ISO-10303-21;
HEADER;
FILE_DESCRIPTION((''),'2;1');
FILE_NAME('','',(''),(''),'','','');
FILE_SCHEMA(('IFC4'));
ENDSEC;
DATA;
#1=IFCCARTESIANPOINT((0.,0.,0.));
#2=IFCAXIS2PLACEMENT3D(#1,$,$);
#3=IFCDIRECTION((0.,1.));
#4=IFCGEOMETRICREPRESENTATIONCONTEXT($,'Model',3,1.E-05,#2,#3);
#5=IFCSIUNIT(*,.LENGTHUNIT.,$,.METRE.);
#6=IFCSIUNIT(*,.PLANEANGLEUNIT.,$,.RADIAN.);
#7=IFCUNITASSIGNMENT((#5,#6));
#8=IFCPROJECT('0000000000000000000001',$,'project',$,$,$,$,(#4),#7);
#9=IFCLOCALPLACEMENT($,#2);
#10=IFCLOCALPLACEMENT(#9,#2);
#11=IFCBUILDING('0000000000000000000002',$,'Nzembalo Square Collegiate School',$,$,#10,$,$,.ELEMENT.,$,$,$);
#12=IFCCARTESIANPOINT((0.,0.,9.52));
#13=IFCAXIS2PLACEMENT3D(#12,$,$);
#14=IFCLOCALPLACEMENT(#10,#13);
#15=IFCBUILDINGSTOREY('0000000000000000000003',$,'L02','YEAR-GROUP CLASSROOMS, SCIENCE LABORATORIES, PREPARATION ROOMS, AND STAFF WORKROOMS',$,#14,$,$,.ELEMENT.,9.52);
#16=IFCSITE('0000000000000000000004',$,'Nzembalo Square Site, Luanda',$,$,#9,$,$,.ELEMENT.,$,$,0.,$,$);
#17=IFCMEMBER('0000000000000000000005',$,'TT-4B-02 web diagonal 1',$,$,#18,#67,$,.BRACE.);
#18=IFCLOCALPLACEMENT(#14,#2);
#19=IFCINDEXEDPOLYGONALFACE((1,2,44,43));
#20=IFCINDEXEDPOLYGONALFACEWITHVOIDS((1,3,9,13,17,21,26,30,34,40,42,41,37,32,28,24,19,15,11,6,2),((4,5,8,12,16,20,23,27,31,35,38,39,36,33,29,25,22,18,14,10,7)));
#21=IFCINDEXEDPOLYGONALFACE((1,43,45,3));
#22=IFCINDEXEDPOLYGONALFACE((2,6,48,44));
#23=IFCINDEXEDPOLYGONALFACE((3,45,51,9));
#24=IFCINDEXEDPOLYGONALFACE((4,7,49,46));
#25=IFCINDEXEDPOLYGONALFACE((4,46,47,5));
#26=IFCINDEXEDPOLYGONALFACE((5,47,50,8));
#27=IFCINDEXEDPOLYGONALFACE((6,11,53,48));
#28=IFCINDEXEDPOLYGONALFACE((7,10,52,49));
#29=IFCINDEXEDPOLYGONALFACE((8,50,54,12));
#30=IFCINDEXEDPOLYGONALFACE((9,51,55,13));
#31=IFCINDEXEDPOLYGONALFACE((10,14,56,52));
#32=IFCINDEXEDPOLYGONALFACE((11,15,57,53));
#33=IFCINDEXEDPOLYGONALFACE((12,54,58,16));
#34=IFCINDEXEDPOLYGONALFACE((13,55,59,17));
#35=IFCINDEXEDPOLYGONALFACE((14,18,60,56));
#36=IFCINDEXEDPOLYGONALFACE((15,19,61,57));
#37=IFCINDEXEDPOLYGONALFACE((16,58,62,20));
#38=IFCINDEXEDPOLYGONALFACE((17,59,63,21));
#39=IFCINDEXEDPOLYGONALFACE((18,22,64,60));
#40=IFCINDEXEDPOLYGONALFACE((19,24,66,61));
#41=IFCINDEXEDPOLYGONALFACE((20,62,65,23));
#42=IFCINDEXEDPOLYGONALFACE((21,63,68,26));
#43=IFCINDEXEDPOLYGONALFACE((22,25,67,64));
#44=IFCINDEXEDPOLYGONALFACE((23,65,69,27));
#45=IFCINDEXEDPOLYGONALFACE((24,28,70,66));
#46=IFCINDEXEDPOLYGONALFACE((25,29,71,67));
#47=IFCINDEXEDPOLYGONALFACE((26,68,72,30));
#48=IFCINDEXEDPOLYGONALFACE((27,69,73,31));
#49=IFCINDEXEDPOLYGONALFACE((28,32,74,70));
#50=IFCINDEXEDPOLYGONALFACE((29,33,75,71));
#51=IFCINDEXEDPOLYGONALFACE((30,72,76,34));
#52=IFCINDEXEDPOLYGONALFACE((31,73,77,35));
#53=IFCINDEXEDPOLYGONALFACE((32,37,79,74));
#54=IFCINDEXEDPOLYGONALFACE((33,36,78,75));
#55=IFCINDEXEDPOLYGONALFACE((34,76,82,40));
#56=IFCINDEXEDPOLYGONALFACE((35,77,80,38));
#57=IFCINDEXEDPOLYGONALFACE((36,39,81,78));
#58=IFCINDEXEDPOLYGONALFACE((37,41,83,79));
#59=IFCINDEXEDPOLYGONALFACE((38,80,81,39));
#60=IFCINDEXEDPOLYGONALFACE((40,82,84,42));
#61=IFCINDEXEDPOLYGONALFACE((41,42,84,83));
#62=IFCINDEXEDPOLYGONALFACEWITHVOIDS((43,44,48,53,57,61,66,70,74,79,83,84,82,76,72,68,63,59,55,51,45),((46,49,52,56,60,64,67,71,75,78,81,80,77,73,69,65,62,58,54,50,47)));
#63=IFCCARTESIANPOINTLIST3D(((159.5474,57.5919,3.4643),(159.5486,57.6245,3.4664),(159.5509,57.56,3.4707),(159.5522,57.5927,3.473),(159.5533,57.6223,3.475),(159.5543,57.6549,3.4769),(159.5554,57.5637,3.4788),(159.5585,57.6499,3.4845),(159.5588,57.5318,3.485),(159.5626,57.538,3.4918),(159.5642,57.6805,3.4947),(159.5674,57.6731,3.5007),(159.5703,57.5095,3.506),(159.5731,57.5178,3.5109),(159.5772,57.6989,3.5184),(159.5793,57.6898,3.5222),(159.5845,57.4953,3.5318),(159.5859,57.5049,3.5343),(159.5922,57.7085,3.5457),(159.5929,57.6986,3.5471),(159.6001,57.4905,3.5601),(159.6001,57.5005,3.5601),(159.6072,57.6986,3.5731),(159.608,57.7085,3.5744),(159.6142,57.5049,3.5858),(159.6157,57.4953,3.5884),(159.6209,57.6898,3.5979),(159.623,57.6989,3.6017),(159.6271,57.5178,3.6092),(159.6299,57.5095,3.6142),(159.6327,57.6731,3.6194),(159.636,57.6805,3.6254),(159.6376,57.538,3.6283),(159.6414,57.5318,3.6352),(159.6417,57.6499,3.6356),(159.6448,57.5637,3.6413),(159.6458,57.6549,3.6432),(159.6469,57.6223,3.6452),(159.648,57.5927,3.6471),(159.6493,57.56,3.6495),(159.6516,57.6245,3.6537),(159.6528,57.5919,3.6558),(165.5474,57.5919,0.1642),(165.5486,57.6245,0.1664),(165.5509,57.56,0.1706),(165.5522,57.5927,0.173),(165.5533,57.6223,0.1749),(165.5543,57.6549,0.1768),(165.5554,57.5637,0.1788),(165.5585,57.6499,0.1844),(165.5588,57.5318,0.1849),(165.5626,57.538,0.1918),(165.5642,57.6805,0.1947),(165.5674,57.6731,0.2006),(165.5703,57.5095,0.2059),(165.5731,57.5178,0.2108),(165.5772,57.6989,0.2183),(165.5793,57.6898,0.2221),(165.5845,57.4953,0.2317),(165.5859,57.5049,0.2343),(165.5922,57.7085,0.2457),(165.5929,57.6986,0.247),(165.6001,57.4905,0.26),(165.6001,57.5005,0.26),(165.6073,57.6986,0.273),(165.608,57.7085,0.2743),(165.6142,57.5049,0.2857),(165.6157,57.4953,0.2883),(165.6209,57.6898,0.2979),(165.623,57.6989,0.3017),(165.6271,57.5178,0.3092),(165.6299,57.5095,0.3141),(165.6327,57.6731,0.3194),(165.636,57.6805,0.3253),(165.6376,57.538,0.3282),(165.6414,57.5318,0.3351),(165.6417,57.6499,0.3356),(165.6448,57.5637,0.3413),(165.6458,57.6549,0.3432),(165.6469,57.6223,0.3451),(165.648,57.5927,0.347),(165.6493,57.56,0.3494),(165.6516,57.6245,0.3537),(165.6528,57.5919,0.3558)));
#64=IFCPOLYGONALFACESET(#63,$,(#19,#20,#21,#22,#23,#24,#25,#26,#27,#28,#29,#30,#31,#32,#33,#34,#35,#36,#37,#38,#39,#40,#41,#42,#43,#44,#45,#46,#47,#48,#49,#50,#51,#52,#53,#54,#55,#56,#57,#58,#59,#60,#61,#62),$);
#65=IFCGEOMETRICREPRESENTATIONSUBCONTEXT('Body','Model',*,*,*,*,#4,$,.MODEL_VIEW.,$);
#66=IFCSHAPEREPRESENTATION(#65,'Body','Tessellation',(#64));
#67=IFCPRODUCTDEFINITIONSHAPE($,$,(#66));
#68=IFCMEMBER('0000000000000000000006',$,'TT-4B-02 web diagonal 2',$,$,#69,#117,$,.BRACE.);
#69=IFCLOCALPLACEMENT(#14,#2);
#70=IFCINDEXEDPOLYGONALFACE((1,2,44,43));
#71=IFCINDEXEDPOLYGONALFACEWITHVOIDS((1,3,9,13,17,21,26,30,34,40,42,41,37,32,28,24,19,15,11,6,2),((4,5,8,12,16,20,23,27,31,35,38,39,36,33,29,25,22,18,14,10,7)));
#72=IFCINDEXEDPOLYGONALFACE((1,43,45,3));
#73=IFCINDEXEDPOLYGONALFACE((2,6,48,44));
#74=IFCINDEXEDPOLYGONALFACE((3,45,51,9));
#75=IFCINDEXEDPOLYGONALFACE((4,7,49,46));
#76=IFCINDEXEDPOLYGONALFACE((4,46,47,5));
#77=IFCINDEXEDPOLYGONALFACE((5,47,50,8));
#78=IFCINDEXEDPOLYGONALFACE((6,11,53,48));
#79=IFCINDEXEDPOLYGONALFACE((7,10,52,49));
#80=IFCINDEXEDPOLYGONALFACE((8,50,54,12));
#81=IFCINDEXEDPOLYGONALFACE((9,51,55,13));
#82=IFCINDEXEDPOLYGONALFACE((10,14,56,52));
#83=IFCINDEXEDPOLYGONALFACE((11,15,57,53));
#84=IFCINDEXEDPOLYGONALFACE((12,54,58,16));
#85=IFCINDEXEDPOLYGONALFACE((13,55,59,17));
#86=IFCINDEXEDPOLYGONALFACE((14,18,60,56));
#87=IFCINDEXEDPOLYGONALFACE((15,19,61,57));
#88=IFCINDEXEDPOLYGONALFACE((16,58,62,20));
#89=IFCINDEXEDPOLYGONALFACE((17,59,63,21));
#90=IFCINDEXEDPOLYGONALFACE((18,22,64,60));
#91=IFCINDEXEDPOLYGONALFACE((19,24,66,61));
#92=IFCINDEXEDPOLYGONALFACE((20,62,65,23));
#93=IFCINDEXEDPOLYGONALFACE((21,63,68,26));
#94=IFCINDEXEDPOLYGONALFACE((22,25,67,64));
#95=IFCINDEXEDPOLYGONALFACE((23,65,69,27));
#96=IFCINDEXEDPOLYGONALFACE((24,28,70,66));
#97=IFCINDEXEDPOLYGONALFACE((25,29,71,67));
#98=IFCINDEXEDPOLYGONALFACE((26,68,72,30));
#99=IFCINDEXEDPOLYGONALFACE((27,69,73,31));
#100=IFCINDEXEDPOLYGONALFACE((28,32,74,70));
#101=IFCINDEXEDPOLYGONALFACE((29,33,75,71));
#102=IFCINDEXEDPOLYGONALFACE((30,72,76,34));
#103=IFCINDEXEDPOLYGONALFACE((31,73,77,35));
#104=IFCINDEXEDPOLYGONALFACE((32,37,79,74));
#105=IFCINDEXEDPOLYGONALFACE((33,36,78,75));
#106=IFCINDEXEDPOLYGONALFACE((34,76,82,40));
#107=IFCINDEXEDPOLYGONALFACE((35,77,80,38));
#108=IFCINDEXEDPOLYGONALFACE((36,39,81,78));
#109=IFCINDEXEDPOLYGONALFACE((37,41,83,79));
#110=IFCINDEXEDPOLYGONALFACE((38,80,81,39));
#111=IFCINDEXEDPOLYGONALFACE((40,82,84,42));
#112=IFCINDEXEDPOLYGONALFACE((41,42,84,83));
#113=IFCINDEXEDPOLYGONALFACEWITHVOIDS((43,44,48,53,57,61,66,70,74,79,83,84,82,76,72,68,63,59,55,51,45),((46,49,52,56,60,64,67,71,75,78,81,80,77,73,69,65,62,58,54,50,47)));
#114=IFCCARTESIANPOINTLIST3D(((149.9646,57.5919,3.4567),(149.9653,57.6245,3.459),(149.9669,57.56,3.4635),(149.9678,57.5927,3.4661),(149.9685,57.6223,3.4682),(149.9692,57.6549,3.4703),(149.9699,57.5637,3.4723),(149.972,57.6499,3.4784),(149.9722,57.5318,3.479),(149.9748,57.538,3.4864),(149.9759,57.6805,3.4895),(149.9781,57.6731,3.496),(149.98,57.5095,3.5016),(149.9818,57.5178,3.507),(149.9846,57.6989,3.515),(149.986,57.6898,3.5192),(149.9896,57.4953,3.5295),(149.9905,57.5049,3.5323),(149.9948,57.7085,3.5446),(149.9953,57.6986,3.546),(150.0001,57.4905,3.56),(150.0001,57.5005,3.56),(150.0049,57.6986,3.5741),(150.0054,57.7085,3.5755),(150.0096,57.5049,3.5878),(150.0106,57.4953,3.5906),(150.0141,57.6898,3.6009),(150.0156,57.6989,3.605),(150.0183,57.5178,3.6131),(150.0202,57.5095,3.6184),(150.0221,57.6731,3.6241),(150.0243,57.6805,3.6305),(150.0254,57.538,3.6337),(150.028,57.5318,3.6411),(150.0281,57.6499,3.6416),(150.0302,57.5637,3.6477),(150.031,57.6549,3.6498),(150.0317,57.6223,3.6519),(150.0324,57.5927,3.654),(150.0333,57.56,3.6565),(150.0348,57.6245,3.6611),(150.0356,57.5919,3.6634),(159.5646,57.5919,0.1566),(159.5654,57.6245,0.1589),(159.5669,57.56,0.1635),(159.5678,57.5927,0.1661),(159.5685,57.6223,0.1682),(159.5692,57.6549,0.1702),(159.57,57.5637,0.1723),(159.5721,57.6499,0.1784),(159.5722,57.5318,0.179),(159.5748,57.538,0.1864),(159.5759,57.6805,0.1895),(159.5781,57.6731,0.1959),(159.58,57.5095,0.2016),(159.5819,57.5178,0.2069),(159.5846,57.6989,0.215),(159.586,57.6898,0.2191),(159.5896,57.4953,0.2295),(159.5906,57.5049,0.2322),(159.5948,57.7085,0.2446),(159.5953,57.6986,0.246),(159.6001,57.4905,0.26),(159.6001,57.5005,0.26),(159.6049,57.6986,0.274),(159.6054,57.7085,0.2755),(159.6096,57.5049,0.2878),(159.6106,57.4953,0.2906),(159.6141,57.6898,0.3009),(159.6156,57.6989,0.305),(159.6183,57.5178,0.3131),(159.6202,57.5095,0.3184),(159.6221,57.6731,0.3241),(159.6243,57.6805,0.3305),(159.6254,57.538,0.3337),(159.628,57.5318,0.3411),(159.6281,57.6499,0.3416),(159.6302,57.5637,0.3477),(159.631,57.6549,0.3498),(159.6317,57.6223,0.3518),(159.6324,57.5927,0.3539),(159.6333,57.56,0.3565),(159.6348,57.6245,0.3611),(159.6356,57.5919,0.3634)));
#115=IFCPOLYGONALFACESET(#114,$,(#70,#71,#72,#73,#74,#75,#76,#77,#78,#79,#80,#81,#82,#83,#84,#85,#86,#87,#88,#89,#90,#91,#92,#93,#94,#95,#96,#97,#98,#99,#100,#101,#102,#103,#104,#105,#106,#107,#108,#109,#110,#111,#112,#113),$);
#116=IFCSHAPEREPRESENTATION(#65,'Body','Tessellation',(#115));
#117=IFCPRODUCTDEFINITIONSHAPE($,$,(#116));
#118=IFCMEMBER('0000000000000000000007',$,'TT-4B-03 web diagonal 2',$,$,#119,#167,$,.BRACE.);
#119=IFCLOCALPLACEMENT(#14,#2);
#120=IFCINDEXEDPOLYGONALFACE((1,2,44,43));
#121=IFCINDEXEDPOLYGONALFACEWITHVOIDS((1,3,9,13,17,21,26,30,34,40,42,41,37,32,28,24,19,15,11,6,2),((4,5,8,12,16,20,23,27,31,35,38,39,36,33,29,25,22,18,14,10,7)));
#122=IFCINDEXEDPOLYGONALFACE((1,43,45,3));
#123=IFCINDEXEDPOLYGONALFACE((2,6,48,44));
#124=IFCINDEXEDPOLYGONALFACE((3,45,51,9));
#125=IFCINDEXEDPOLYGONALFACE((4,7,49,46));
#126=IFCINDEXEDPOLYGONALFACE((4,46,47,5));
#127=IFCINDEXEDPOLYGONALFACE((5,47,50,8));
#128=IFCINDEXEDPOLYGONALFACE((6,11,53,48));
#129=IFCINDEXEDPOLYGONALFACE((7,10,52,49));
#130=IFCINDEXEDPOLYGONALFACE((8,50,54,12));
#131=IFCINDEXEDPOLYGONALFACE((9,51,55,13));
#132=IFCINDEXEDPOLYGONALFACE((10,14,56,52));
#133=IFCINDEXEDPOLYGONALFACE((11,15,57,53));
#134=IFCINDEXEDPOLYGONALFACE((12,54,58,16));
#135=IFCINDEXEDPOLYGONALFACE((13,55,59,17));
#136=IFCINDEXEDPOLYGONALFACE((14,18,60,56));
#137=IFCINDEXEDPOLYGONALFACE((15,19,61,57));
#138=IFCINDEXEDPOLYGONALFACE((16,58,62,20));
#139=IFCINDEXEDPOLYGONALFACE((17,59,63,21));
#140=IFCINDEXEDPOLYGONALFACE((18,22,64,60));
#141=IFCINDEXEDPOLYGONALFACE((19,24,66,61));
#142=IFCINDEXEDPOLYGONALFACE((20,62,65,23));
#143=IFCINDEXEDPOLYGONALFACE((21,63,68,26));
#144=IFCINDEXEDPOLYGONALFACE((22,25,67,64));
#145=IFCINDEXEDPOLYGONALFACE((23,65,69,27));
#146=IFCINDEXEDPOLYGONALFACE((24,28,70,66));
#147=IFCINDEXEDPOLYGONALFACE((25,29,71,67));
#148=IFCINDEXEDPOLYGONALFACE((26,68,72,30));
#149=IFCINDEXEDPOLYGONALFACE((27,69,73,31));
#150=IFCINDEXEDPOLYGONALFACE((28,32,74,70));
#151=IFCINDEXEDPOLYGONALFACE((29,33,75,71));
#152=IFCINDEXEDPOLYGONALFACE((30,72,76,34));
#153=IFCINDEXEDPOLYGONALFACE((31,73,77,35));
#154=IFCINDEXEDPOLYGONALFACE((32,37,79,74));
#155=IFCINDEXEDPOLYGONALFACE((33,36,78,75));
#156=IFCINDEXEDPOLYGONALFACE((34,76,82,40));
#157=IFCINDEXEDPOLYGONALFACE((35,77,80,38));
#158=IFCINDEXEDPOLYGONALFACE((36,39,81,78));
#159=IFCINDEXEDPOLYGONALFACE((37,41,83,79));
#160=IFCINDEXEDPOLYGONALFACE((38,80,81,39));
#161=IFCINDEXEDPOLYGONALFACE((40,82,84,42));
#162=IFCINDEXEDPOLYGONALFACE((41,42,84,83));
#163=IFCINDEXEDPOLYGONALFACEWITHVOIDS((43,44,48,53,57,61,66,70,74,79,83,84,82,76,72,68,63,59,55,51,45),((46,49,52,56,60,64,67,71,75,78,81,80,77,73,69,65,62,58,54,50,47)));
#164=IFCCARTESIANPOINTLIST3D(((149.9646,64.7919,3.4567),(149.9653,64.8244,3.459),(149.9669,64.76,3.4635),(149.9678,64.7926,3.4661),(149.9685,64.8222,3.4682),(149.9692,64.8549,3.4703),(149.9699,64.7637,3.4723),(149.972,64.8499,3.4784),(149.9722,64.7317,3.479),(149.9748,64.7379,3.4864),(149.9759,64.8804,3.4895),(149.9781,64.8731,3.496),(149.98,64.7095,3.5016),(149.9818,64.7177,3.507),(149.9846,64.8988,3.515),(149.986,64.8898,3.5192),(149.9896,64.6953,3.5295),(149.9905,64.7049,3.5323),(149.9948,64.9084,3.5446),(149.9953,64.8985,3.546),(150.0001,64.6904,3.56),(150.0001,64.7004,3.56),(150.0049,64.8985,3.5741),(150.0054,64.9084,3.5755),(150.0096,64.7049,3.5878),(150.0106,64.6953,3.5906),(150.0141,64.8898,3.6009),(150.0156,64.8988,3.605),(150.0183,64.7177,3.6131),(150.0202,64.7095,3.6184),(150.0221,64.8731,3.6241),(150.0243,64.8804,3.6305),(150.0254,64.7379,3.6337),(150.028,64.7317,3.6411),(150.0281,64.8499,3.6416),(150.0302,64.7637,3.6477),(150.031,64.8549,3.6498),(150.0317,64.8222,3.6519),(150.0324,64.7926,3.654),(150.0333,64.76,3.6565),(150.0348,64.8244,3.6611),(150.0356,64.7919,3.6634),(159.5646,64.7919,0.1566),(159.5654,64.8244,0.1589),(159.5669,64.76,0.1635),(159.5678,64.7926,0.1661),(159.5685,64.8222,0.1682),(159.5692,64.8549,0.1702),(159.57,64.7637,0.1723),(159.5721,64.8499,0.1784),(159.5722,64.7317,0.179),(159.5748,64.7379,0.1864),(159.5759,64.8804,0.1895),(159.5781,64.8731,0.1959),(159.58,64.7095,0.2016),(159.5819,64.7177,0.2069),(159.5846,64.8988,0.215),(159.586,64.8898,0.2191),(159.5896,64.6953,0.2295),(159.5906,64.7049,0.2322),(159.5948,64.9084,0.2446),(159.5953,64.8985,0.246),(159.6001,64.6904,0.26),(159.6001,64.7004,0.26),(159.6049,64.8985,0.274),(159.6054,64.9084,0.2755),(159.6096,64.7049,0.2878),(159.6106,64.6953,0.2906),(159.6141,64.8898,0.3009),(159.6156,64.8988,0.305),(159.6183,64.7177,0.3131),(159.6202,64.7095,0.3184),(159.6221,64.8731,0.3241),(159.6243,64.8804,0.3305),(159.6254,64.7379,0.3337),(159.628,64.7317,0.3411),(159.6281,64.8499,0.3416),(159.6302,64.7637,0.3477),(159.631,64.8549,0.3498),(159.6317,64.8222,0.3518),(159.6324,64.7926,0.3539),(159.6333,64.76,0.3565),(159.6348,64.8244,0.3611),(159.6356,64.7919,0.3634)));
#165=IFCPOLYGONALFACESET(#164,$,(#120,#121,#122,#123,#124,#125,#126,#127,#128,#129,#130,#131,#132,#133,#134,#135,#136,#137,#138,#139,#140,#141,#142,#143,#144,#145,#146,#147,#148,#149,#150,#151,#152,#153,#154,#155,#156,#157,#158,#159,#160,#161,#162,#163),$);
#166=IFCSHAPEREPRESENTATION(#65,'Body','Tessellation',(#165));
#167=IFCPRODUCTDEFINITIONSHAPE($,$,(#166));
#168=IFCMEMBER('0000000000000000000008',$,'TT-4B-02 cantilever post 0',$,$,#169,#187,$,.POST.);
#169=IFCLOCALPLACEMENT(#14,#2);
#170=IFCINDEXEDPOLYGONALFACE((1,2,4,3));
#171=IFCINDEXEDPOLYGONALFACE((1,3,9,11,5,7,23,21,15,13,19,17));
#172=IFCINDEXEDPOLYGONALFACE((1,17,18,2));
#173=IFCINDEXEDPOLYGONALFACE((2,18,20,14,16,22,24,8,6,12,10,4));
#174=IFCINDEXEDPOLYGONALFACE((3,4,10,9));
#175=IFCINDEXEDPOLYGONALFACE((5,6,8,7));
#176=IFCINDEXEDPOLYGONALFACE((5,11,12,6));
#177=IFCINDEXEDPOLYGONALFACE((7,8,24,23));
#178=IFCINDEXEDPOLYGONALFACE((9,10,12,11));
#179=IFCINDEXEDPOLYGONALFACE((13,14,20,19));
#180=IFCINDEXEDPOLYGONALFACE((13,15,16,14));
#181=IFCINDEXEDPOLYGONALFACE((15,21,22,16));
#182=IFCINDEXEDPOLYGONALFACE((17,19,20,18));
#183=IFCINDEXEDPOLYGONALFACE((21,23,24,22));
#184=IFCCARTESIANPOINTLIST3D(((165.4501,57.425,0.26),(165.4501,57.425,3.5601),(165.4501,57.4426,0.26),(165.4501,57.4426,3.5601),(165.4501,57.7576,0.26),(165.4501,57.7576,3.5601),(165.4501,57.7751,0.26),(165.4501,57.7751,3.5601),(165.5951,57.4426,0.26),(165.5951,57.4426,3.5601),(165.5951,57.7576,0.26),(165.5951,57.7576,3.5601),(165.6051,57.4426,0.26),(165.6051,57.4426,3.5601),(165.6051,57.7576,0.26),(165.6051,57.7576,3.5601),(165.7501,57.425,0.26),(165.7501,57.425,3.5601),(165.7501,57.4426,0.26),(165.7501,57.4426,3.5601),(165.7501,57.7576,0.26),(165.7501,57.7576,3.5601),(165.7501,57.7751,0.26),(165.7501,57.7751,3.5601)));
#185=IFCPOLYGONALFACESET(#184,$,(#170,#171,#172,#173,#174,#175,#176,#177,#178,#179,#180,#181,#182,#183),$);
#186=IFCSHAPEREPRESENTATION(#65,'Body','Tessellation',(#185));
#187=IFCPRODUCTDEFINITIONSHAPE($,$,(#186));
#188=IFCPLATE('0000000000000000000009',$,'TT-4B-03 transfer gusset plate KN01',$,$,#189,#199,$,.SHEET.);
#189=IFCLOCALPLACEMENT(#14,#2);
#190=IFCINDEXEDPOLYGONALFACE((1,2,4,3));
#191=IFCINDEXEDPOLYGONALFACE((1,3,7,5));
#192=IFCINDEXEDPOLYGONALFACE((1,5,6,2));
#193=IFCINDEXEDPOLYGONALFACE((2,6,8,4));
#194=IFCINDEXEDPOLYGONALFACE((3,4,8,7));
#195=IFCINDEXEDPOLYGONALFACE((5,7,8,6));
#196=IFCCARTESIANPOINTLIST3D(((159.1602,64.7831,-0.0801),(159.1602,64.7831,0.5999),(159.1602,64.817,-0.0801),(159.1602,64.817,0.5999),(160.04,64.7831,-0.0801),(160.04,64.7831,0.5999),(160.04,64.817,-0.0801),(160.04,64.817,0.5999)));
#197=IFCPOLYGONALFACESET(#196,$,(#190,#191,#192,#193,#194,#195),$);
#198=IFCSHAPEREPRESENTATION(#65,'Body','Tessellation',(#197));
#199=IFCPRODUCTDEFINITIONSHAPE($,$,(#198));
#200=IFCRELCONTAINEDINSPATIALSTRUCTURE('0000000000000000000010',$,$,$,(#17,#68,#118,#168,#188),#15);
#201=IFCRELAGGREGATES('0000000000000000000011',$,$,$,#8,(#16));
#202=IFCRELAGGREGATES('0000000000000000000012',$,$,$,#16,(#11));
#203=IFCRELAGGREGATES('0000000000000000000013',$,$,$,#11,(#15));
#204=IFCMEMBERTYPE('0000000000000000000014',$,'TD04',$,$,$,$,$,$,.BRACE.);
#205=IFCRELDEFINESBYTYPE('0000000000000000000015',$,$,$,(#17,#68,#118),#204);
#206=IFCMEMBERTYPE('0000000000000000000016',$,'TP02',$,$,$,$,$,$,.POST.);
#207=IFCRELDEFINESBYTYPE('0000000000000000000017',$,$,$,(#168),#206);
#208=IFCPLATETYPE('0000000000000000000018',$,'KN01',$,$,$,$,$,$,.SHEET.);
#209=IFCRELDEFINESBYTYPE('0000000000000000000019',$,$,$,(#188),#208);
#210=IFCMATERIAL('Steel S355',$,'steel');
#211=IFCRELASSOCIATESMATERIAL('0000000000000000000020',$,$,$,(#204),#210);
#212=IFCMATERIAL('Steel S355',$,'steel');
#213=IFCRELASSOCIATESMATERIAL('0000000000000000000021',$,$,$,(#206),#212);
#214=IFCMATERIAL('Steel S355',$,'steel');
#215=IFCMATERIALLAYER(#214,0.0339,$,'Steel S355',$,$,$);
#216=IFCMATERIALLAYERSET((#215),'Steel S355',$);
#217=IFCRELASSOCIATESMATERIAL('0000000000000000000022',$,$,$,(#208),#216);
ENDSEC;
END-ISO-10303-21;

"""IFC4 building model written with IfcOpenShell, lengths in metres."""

from ifc_helpers import new_model, si_unit, direction, frame, origin, origin_2d, place, context, subcontext, project, spatial, rectangle, hollow_circle, i_section, extrude, material, layer, layer_set, material_profile, profile_set, type_object, element, save


model = new_model("IFC4")

# Units and contexts
model_context = context("Model", 3, precision=1e-05, world=origin(), true_north=direction((0.0, 1.0)))
body_context = subcontext(model_context, "Body", "Model", "MODEL_VIEW")
ifc_project = project(units=[si_unit("LENGTHUNIT", "METRE"), si_unit("PLANEANGLEUNIT", "RADIAN")], contexts=[model_context])

# Site, building, storey
site_placement = place(None, origin())
site = spatial("IfcSite", under=ifc_project, at=site_placement, Name="Nzembalo Square Site, Luanda", CompositionType="ELEMENT", RefElevation=0.0)
building_placement = place(site_placement, origin())
building = spatial("IfcBuilding", under=site, at=building_placement, Name="Nzembalo Square Collegiate School", CompositionType="ELEMENT")
storey_placement = place(building_placement, frame((0.0, 0.0, 9.52)))
storey = spatial("IfcBuildingStorey", under=building, at=storey_placement, Name="L02", Description="YEAR-GROUP CLASSROOMS, SCIENCE LABORATORIES, PREPARATION ROOMS, AND STAFF WORKROOMS", CompositionType="ELEMENT", Elevation=9.52)

# Members
ifc_material_1 = material(Name="Steel S355", Category="steel")
ifc_material_profile_1 = material_profile(ifc_material_1, hollow_circle(Radius=0.1096, WallThickness=0.01, at=origin_2d()), Name="CHS 219x10")
ifc_profile_set_1 = profile_set([ifc_material_profile_1], Name="Steel S355")
member_type_1 = type_object("IfcMemberType", Name="TD04", PredefinedType="BRACE", material=ifc_profile_set_1)
member_1_placement = place(storey_placement, frame((165.6001, 57.6001, 0.26), z_axis=(-0.876213, 0.0, 0.481924), x_axis=(0.0, -1.0, 0.0)))
element("IfcMember", 1, at=member_1_placement, inside=storey, type_object=member_type_1, Name="TT-4B-02 web diagonal 1", PredefinedType="BRACE", context=body_context, shape_type="SweptSolid", body=[
    extrude(hollow_circle(Radius=0.1096, WallThickness=0.01, at=origin_2d()), origin(), (0.0, 0.0, 1.0), 6.8477),
])
for number, where, z_axis, x_axis, name in (
    (2, (159.6001, 57.6001, 0.26), (-0.945686, 0.0, 0.325081), (0.0, -1.0, 0.0), "TT-4B-02 web diagonal 2"),
    (3, (159.6001, 64.8, 0.26), (-0.945686, 0.0, 0.325081), (0.0, -1.0, 0.0), "TT-4B-03 web diagonal 2"),
):
    element("IfcMember", number, at=place(storey_placement, frame(where, z_axis=z_axis, x_axis=x_axis)), inside=storey, type_object=member_type_1, Name=name, PredefinedType="BRACE", context=body_context, shape_type="SweptSolid", body=[
        extrude(hollow_circle(Radius=0.1096, WallThickness=0.01, at=origin_2d()), origin(), (0.0, 0.0, 1.0), 10.1514),
    ])
ifc_material_2 = material(Name="Steel S355", Category="steel")
ifc_material_profile_2 = material_profile(ifc_material_2, i_section(OverallWidth=0.3, OverallDepth=0.3501, WebThickness=0.01, FlangeThickness=0.0176, at=origin_2d()), Name="HEA 360")
ifc_profile_set_2 = profile_set([ifc_material_profile_2], Name="Steel S355")
member_type_2 = type_object("IfcMemberType", Name="TP02", PredefinedType="POST", material=ifc_profile_set_2)
member_2_placement = place(storey_placement, frame((165.6001, 57.6001, 0.26), z_axis=(0.0, 0.0, 1.0), x_axis=(1.0, 0.0, 0.0)))
element("IfcMember", 4, at=member_2_placement, inside=storey, type_object=member_type_2, Name="TT-4B-02 cantilever post 0", PredefinedType="POST", context=body_context, shape_type="SweptSolid", body=[
    extrude(i_section(OverallWidth=0.3, OverallDepth=0.3501, WebThickness=0.01, FlangeThickness=0.0176, at=origin_2d()), origin(), (0.0, 0.0, 1.0), 3.3),
])

# Plate
ifc_material_3 = material(Name="Steel S355", Category="steel")
ifc_layer_1 = layer(ifc_material_3, 0.0339, Name="Steel S355")
ifc_layer_set_1 = layer_set([ifc_layer_1], Name="Steel S355")
plate_type_1 = type_object("IfcPlateType", Name="KN01", PredefinedType="SHEET", material=ifc_layer_set_1)
plate_1_placement = place(storey_placement, frame((159.6001, 64.8, -0.0801), z_axis=(0.0, 0.0, 1.0), x_axis=(1.0, 0.0, 0.0)))
element("IfcPlate", 5, at=plate_1_placement, inside=storey, type_object=plate_type_1, Name="TT-4B-03 transfer gusset plate KN01", PredefinedType="SHEET", context=body_context, shape_type="SweptSolid", body=[
    extrude(rectangle(XDim=0.8799, YDim=0.0339, at=origin_2d()), origin(), (0.0, 0.0, 1.0), 0.6799),
])

save(model, "model.ifc")
